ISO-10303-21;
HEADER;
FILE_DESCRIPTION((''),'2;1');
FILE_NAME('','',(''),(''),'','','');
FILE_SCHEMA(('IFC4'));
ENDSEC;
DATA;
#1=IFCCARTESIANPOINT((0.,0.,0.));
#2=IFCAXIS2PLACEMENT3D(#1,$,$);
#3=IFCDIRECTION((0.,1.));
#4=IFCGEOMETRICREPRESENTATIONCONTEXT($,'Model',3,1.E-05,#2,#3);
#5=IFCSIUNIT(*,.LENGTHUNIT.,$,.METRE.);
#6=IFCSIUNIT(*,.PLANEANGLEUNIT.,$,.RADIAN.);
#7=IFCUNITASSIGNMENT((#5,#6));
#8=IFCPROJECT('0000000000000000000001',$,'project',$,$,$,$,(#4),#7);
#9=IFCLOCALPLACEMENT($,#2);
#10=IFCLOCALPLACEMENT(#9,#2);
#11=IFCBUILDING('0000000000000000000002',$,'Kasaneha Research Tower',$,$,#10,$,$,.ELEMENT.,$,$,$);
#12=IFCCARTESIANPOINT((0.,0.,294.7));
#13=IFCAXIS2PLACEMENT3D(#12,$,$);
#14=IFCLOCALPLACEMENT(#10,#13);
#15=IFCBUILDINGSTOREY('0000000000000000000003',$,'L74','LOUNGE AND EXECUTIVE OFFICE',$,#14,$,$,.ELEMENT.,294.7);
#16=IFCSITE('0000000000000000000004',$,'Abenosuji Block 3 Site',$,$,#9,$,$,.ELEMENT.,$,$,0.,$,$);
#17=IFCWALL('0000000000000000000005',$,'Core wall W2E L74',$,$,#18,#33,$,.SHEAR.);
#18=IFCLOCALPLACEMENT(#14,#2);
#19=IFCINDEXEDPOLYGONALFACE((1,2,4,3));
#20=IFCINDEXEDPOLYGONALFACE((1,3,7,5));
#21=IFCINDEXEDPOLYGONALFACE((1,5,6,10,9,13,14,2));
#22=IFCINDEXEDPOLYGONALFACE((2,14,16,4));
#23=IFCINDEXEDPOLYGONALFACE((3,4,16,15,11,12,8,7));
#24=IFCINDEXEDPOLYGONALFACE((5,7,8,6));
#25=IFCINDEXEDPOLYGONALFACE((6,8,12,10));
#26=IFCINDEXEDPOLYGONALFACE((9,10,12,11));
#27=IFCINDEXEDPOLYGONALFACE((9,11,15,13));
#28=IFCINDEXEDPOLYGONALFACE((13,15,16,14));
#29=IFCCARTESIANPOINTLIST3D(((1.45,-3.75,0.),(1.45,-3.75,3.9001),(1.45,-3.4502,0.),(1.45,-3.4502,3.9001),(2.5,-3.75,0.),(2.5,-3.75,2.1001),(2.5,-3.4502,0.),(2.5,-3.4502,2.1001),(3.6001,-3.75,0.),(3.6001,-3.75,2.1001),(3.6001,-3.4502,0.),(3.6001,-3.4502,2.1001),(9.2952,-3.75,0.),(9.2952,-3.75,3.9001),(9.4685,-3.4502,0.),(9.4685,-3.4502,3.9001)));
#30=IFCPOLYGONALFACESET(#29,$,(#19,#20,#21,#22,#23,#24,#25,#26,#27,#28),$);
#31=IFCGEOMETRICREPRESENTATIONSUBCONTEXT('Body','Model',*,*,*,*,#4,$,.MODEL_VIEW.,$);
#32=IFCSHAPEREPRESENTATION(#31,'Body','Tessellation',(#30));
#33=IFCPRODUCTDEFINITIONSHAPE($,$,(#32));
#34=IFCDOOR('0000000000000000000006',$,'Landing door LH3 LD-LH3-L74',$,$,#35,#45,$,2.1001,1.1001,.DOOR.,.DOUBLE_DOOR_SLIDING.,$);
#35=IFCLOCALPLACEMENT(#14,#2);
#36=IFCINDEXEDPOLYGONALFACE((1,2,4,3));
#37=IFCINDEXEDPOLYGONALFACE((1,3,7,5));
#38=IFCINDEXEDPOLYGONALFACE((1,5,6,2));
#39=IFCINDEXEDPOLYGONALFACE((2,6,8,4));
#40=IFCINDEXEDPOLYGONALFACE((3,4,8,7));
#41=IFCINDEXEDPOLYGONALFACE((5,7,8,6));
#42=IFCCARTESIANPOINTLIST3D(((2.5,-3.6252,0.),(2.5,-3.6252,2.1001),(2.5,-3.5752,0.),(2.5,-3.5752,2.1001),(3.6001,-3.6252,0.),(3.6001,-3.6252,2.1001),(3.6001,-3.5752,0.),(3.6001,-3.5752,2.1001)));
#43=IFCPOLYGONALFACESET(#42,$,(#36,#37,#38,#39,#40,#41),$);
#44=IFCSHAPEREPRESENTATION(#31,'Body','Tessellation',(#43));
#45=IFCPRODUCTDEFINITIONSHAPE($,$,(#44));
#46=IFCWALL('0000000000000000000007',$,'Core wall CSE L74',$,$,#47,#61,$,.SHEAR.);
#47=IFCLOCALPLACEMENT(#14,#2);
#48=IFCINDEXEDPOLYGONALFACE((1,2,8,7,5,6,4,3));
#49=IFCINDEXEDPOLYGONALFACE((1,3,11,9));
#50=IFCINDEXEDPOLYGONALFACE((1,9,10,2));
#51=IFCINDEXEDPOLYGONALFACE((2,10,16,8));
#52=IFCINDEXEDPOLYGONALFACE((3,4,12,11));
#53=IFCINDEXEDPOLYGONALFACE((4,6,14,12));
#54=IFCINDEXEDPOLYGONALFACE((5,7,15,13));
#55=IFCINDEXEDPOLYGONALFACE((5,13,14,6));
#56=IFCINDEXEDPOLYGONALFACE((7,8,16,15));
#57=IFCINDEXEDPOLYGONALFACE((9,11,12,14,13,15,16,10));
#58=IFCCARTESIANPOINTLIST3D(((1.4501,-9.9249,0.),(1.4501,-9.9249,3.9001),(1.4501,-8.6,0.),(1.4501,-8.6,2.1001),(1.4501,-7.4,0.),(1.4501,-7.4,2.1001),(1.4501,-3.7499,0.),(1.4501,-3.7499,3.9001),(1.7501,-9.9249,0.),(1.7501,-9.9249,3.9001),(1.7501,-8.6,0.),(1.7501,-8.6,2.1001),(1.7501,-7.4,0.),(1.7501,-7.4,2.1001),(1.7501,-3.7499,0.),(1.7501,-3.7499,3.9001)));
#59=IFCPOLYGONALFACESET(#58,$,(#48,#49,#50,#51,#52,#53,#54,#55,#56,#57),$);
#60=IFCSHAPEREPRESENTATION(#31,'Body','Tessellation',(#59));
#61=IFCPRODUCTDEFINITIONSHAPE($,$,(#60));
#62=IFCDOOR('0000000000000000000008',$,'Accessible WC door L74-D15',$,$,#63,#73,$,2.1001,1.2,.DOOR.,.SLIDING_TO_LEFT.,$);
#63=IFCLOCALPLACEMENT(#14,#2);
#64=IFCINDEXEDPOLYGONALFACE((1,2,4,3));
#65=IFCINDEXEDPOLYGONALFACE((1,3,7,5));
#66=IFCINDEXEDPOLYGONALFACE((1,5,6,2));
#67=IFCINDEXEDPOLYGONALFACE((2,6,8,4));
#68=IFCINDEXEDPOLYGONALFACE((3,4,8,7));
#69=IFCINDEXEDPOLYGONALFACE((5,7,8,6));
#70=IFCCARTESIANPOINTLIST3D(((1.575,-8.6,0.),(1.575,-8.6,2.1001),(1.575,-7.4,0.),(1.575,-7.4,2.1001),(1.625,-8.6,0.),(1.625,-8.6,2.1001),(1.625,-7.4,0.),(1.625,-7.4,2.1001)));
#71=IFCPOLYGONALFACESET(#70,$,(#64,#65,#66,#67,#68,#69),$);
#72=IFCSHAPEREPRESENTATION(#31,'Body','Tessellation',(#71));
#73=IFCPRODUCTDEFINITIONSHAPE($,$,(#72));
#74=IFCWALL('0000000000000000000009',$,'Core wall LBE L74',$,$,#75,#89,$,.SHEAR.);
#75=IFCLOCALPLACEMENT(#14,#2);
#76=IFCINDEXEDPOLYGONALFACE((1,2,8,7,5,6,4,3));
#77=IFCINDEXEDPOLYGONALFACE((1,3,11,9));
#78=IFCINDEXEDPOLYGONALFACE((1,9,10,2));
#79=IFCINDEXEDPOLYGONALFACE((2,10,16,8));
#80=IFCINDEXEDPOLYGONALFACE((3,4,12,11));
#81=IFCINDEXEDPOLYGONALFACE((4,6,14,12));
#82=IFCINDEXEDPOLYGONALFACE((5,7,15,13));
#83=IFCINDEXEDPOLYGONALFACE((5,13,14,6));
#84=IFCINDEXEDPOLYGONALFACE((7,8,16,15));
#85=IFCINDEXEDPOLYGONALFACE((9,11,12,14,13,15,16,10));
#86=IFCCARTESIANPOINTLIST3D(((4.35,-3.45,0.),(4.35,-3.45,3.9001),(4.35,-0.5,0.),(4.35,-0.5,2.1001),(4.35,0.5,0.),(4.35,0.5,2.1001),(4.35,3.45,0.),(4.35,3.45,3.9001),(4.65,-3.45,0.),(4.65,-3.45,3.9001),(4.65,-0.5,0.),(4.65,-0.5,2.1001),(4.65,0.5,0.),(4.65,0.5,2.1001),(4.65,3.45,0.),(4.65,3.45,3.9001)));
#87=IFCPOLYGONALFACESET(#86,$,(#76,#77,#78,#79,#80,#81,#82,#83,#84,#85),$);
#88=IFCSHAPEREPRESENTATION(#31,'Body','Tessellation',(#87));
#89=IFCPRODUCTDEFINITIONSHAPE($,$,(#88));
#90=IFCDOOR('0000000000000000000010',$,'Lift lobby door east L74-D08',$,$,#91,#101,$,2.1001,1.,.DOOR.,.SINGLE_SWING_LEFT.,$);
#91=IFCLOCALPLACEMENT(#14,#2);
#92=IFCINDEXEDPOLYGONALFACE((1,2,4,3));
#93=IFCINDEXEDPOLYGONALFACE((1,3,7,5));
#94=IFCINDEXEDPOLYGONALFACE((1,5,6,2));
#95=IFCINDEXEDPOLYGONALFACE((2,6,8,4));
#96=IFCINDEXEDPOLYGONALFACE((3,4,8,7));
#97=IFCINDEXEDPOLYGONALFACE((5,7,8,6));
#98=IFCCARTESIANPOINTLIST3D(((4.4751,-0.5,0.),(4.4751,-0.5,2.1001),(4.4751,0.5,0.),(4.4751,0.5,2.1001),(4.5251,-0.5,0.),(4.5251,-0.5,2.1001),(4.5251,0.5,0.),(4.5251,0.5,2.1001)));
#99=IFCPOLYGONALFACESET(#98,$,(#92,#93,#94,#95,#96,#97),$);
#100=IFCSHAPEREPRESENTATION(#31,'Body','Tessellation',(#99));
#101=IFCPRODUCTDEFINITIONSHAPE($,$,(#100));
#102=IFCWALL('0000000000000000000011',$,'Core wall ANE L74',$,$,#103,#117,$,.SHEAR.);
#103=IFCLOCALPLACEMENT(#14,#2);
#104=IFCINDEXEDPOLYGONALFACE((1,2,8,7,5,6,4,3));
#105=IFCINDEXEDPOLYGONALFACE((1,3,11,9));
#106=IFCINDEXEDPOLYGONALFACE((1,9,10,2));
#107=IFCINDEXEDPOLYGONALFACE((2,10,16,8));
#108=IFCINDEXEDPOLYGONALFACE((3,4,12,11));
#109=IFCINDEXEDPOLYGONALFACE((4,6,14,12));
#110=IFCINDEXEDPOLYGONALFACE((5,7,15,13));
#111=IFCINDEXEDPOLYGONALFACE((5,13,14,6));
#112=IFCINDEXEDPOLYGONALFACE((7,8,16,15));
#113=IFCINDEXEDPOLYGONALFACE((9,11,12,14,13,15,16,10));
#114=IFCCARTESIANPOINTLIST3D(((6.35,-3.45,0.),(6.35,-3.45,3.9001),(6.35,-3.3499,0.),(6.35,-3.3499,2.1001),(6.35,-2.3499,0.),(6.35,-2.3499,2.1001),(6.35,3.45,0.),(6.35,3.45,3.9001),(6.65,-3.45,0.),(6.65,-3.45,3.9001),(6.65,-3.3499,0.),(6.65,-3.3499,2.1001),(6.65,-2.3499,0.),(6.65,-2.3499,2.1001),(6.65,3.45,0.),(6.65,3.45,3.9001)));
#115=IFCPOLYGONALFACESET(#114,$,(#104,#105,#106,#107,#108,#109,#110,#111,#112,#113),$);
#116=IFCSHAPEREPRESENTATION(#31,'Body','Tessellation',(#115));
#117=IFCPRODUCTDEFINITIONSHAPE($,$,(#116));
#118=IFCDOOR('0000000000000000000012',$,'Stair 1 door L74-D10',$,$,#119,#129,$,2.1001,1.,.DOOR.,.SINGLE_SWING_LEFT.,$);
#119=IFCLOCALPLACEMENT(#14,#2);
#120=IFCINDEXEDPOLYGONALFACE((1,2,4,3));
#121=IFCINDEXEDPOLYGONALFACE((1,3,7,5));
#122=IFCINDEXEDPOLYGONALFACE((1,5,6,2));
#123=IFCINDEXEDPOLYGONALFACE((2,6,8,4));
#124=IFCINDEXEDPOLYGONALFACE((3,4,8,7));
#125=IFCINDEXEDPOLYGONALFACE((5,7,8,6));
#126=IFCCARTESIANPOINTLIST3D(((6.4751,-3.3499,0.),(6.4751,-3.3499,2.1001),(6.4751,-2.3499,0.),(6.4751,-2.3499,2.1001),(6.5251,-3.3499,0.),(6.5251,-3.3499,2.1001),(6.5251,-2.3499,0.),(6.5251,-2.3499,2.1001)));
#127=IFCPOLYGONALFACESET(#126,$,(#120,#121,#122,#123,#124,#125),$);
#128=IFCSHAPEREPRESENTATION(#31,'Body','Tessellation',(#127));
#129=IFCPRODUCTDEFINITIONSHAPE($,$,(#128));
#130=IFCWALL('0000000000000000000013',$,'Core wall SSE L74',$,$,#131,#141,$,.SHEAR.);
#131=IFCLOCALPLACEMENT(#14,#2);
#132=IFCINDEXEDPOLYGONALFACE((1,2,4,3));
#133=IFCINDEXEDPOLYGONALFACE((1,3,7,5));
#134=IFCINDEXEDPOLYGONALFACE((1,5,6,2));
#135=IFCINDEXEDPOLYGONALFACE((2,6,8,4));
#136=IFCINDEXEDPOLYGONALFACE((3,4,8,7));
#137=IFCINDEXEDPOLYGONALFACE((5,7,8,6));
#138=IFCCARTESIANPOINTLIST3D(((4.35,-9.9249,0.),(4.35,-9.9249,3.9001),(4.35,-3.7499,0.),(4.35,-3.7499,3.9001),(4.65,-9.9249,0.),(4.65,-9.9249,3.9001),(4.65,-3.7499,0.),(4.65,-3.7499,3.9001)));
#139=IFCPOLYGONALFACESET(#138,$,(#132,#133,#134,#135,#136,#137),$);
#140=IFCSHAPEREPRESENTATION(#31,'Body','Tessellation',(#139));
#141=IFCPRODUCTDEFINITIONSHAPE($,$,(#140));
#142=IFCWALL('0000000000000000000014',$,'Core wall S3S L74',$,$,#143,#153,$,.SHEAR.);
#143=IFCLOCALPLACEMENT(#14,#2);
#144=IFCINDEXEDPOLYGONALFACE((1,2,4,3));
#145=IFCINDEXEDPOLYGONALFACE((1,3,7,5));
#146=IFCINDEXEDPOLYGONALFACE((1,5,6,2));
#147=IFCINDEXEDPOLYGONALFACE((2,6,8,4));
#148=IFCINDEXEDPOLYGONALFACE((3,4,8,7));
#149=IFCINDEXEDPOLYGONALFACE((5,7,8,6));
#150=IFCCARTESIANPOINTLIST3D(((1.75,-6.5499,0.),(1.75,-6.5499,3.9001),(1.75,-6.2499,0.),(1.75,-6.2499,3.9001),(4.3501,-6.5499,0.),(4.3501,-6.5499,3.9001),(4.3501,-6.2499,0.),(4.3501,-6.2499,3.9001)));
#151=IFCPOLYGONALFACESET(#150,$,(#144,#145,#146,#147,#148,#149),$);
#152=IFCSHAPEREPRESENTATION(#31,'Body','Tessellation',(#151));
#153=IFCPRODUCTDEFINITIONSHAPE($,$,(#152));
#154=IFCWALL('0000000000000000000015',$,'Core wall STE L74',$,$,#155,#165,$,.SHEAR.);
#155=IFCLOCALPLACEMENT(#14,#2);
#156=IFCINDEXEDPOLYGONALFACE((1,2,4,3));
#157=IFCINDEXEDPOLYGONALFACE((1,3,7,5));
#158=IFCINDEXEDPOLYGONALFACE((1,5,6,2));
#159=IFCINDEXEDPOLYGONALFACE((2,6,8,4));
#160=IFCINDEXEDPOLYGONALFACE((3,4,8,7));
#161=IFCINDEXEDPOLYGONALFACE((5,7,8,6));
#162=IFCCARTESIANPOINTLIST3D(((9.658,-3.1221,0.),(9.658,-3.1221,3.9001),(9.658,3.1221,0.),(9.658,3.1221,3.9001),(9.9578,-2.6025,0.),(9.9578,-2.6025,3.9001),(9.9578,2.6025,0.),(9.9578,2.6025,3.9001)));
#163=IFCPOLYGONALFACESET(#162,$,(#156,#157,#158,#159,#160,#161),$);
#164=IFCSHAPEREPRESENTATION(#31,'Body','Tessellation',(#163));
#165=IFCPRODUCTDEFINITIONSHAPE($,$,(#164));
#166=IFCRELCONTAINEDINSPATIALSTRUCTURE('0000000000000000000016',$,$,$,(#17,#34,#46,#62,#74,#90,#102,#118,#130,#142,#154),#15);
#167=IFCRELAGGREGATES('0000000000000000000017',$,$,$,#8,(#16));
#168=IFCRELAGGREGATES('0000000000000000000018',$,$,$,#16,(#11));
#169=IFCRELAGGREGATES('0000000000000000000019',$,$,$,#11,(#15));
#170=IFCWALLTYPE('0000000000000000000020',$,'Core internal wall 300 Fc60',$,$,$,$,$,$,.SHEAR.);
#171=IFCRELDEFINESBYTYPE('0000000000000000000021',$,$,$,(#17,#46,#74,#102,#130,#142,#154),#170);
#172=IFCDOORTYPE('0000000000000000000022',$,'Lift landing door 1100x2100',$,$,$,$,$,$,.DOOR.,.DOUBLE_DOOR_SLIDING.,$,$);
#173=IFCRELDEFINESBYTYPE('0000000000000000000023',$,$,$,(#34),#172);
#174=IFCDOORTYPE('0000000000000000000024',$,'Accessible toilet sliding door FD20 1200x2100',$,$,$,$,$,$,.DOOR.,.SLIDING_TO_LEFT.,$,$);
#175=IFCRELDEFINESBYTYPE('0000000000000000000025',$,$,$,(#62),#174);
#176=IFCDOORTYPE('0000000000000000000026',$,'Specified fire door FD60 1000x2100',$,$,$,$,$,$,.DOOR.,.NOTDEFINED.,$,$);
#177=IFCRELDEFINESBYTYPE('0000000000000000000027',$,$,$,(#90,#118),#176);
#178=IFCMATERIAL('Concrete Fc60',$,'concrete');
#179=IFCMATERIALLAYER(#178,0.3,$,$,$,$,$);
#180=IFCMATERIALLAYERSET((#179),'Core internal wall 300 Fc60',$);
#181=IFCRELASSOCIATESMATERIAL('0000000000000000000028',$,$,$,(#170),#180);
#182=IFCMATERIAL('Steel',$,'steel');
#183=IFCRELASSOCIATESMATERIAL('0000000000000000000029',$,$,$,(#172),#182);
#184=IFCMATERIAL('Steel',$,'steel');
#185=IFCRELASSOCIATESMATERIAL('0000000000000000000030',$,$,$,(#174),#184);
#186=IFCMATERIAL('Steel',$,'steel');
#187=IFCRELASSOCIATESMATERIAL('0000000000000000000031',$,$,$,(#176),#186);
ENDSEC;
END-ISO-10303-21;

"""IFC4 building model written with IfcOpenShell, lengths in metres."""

from ifc_helpers import new_model, si_unit, direction, frame, frame_2d, origin, place, context, subcontext, project, spatial, polyline, rectangle, outline, extrude, material, layer, layer_set, type_object, element, fill, save


model = new_model("IFC4")

# Units and contexts
model_context = context("Model", 3, precision=1e-05, world=origin(), true_north=direction((0.0, 1.0)))
body_context = subcontext(model_context, "Body", "Model", "MODEL_VIEW")
ifc_project = project(units=[si_unit("LENGTHUNIT", "METRE"), si_unit("PLANEANGLEUNIT", "RADIAN")], contexts=[model_context])

# Site, building, storey
site_placement = place(None, origin())
site = spatial("IfcSite", under=ifc_project, at=site_placement, Name="Abenosuji Block 3 Site", CompositionType="ELEMENT", RefElevation=0.0)
building_placement = place(site_placement, origin())
building = spatial("IfcBuilding", under=site, at=building_placement, Name="Kasaneha Research Tower", CompositionType="ELEMENT")
storey_placement = place(building_placement, frame((0.0, 0.0, 294.7)))
storey = spatial("IfcBuildingStorey", under=building, at=storey_placement, Name="L74", Description="LOUNGE AND EXECUTIVE OFFICE", CompositionType="ELEMENT", Elevation=294.7)

# Walls, openings, doors
ifc_material_1 = material(Name="Concrete Fc60", Category="concrete")
ifc_layer_1 = layer(ifc_material_1, 0.3)
ifc_layer_set_1 = layer_set([ifc_layer_1], Name="Core internal wall 300 Fc60")
wall_type_1 = type_object("IfcWallType", Name="Core internal wall 300 Fc60", PredefinedType="SHEAR", material=ifc_layer_set_1)
wall_1_placement = place(storey_placement, frame((1.45, -3.6001, 0.0), z_axis=(0.0, 0.0, 1.0), x_axis=(1.0, 0.0, 0.0)))
wall_1 = element("IfcWall", 1, at=wall_1_placement, inside=storey, type_object=wall_type_1, Name="Core wall W2E L74", PredefinedType="SHEAR", context=body_context, shape_type="SweptSolid", body=[
    extrude(outline(polyline([(0.0, -0.1499), (1.05, -0.1499), (2.1501, -0.1499), (7.8452, -0.1499), (8.0186, 0.1499), (2.1501, 0.1499), (1.05, 0.1499), (0.0, 0.1499), (0.0, -0.1499)])), origin(), (0.0, 0.0, 1.0), 3.9001),
])
opening_1_placement = place(wall_1_placement, frame((1.05, 0.0, 0.0)))
opening_1 = element("IfcOpeningElement", 2, at=opening_1_placement, cuts=wall_1, PredefinedType="OPENING", context=body_context, shape_type="SweptSolid", body=[
    extrude(rectangle(XDim=1.1001, YDim=2.1001, at=frame_2d((0.55, 1.05))), frame((0.0, 0.1602, 0.0), z_axis=(0.0, -1.0, 0.0), x_axis=(1.0, 0.0, 0.0)), (0.0, 0.0, 1.0), 0.3201),
])
ifc_material_2 = material(Name="Steel", Category="steel")
door_type_1 = type_object("IfcDoorType", Name="Lift landing door 1100x2100", OperationType="DOUBLE_DOOR_SLIDING", PredefinedType="DOOR", material=ifc_material_2)
door_1_placement = place(opening_1_placement, origin())
door_1 = element("IfcDoor", 3, at=door_1_placement, inside=storey, type_object=door_type_1, Name="Landing door LH3 LD-LH3-L74", OperationType="DOUBLE_DOOR_SLIDING", OverallHeight=2.1001, OverallWidth=1.1001, PredefinedType="DOOR", context=body_context, shape_type="SweptSolid", body=[
    extrude(rectangle(XDim=1.1001, YDim=2.1001, at=frame_2d((0.55, 1.05))), frame((0.0, 0.0249, 0.0), z_axis=(0.0, -1.0, 0.0), x_axis=(1.0, 0.0, 0.0)), (0.0, 0.0, 1.0), 0.05),
])
fill(opening_1, door_1)
wall_2_placement = place(storey_placement, frame((1.6001, -3.75, 0.0), z_axis=(0.0, 0.0, 1.0), x_axis=(0.0, -1.0, 0.0)))
wall_2 = element("IfcWall", 4, at=wall_2_placement, inside=storey, type_object=wall_type_1, Name="Core wall CSE L74", PredefinedType="SHEAR", context=body_context, shape_type="SweptSolid", body=[
    extrude(rectangle(XDim=6.175, YDim=0.3, at=frame_2d((3.0874, 0.0))), origin(), (0.0, 0.0, 1.0), 3.9001),
])
opening_2_placement = place(wall_2_placement, frame((3.6499, 0.0, 0.0)))
opening_2 = element("IfcOpeningElement", 5, at=opening_2_placement, cuts=wall_2, PredefinedType="OPENING", context=body_context, shape_type="SweptSolid", body=[
    extrude(rectangle(XDim=1.2, YDim=2.1001, at=frame_2d((0.6001, 1.05))), frame((0.0, 0.1602, 0.0), z_axis=(0.0, -1.0, 0.0), x_axis=(1.0, 0.0, 0.0)), (0.0, 0.0, 1.0), 0.3201),
])
ifc_material_3 = material(Name="Steel", Category="steel")
door_type_2 = type_object("IfcDoorType", Name="Accessible toilet sliding door FD20 1200x2100", OperationType="SLIDING_TO_LEFT", PredefinedType="DOOR", material=ifc_material_3)
door_2_placement = place(opening_2_placement, origin())
door_2 = element("IfcDoor", 6, at=door_2_placement, inside=storey, type_object=door_type_2, Name="Accessible WC door L74-D15", OperationType="SLIDING_TO_LEFT", OverallHeight=2.1001, OverallWidth=1.2, PredefinedType="DOOR", context=body_context, shape_type="SweptSolid", body=[
    extrude(rectangle(XDim=1.2, YDim=2.1001, at=frame_2d((0.6001, 1.05))), frame((0.0, 0.0249, 0.0), z_axis=(0.0, -1.0, 0.0), x_axis=(1.0, 0.0, 0.0)), (0.0, 0.0, 1.0), 0.05),
])
fill(opening_2, door_2)
wall_3_placement = place(storey_placement, frame((4.5, -3.45, 0.0), z_axis=(0.0, 0.0, 1.0), x_axis=(0.0, 1.0, 0.0)))
wall_3 = element("IfcWall", 7, at=wall_3_placement, inside=storey, type_object=wall_type_1, Name="Core wall LBE L74", PredefinedType="SHEAR", context=body_context, shape_type="SweptSolid", body=[
    extrude(rectangle(XDim=6.8999, YDim=0.3, at=frame_2d((3.45, 0.0))), origin(), (0.0, 0.0, 1.0), 3.9001),
])
opening_3_placement = place(wall_3_placement, frame((2.95, 0.0, 0.0)))
opening_3 = element("IfcOpeningElement", 8, at=opening_3_placement, cuts=wall_3, PredefinedType="OPENING", context=body_context, shape_type="SweptSolid", body=[
    extrude(rectangle(XDim=1.0, YDim=2.1001, at=frame_2d((0.5, 1.05))), frame((0.0, 0.1602, 0.0), z_axis=(0.0, -1.0, 0.0), x_axis=(1.0, 0.0, 0.0)), (0.0, 0.0, 1.0), 0.3201),
])
ifc_material_4 = material(Name="Steel", Category="steel")
door_type_3 = type_object("IfcDoorType", Name="Specified fire door FD60 1000x2100", OperationType="NOTDEFINED", PredefinedType="DOOR", material=ifc_material_4)
door_3_placement = place(opening_3_placement, origin())
door_3 = element("IfcDoor", 9, at=door_3_placement, inside=storey, type_object=door_type_3, Name="Lift lobby door east L74-D08", OperationType="SINGLE_SWING_LEFT", OverallHeight=2.1001, OverallWidth=1.0, PredefinedType="DOOR", context=body_context, shape_type="SweptSolid", body=[
    extrude(rectangle(XDim=1.0, YDim=2.1001, at=frame_2d((0.5, 1.05))), frame((0.0, 0.0249, 0.0), z_axis=(0.0, -1.0, 0.0), x_axis=(1.0, 0.0, 0.0)), (0.0, 0.0, 1.0), 0.05),
])
fill(opening_3, door_3)
wall_4_placement = place(storey_placement, frame((6.5, -3.45, 0.0), z_axis=(0.0, 0.0, 1.0), x_axis=(0.0, 1.0, 0.0)))
wall_4 = element("IfcWall", 10, at=wall_4_placement, inside=storey, type_object=wall_type_1, Name="Core wall ANE L74", PredefinedType="SHEAR", context=body_context, shape_type="SweptSolid", body=[
    extrude(rectangle(XDim=6.8999, YDim=0.3, at=frame_2d((3.45, 0.0))), origin(), (0.0, 0.0, 1.0), 3.9001),
])
opening_4_placement = place(wall_4_placement, frame((0.1001, 0.0, 0.0)))
opening_4 = element("IfcOpeningElement", 11, at=opening_4_placement, cuts=wall_4, PredefinedType="OPENING", context=body_context, shape_type="SweptSolid", body=[
    extrude(rectangle(XDim=1.0, YDim=2.1001, at=frame_2d((0.5, 1.05))), frame((0.0, 0.1602, 0.0), z_axis=(0.0, -1.0, 0.0), x_axis=(1.0, 0.0, 0.0)), (0.0, 0.0, 1.0), 0.3201),
])
door_4_placement = place(opening_4_placement, origin())
door_4 = element("IfcDoor", 12, at=door_4_placement, inside=storey, type_object=door_type_3, Name="Stair 1 door L74-D10", OperationType="SINGLE_SWING_LEFT", OverallHeight=2.1001, OverallWidth=1.0, PredefinedType="DOOR", context=body_context, shape_type="SweptSolid", body=[
    extrude(rectangle(XDim=1.0, YDim=2.1001, at=frame_2d((0.5, 1.05))), frame((0.0, 0.0249, 0.0), z_axis=(0.0, -1.0, 0.0), x_axis=(1.0, 0.0, 0.0)), (0.0, 0.0, 1.0), 0.05),
])
fill(opening_4, door_4)

# Walls
wall_5_placement = place(storey_placement, frame((4.5, -3.75, 0.0), z_axis=(0.0, 0.0, 1.0), x_axis=(0.0, -1.0, 0.0)))
element("IfcWall", 13, at=wall_5_placement, inside=storey, type_object=wall_type_1, Name="Core wall SSE L74", PredefinedType="SHEAR", context=body_context, shape_type="SweptSolid", body=[
    extrude(rectangle(XDim=6.175, YDim=0.3, at=frame_2d((3.0874, 0.0))), origin(), (0.0, 0.0, 1.0), 3.9001),
])
wall_6_placement = place(storey_placement, frame((1.75, -6.3999, 0.0), z_axis=(0.0, 0.0, 1.0), x_axis=(1.0, 0.0, 0.0)))
element("IfcWall", 14, at=wall_6_placement, inside=storey, type_object=wall_type_1, Name="Core wall S3S L74", PredefinedType="SHEAR", context=body_context, shape_type="SweptSolid", body=[
    extrude(rectangle(XDim=2.6001, YDim=0.3, at=frame_2d((1.3, 0.0))), origin(), (0.0, 0.0, 1.0), 3.9001),
])
wall_7_placement = place(storey_placement, frame((9.8079, -2.8623, 0.0), z_axis=(0.0, 0.0, 1.0), x_axis=(0.0, 1.0, 0.0)))
element("IfcWall", 15, at=wall_7_placement, inside=storey, type_object=wall_type_1, Name="Core wall STE L74", PredefinedType="SHEAR", context=body_context, shape_type="SweptSolid", body=[
    extrude(outline(polyline([(0.2598, -0.1499), (5.4648, -0.1499), (5.9844, 0.1499), (-0.2598, 0.1499), (0.2598, -0.1499)])), origin(), (0.0, 0.0, 1.0), 3.9001),
])

save(model, "model.ifc")
